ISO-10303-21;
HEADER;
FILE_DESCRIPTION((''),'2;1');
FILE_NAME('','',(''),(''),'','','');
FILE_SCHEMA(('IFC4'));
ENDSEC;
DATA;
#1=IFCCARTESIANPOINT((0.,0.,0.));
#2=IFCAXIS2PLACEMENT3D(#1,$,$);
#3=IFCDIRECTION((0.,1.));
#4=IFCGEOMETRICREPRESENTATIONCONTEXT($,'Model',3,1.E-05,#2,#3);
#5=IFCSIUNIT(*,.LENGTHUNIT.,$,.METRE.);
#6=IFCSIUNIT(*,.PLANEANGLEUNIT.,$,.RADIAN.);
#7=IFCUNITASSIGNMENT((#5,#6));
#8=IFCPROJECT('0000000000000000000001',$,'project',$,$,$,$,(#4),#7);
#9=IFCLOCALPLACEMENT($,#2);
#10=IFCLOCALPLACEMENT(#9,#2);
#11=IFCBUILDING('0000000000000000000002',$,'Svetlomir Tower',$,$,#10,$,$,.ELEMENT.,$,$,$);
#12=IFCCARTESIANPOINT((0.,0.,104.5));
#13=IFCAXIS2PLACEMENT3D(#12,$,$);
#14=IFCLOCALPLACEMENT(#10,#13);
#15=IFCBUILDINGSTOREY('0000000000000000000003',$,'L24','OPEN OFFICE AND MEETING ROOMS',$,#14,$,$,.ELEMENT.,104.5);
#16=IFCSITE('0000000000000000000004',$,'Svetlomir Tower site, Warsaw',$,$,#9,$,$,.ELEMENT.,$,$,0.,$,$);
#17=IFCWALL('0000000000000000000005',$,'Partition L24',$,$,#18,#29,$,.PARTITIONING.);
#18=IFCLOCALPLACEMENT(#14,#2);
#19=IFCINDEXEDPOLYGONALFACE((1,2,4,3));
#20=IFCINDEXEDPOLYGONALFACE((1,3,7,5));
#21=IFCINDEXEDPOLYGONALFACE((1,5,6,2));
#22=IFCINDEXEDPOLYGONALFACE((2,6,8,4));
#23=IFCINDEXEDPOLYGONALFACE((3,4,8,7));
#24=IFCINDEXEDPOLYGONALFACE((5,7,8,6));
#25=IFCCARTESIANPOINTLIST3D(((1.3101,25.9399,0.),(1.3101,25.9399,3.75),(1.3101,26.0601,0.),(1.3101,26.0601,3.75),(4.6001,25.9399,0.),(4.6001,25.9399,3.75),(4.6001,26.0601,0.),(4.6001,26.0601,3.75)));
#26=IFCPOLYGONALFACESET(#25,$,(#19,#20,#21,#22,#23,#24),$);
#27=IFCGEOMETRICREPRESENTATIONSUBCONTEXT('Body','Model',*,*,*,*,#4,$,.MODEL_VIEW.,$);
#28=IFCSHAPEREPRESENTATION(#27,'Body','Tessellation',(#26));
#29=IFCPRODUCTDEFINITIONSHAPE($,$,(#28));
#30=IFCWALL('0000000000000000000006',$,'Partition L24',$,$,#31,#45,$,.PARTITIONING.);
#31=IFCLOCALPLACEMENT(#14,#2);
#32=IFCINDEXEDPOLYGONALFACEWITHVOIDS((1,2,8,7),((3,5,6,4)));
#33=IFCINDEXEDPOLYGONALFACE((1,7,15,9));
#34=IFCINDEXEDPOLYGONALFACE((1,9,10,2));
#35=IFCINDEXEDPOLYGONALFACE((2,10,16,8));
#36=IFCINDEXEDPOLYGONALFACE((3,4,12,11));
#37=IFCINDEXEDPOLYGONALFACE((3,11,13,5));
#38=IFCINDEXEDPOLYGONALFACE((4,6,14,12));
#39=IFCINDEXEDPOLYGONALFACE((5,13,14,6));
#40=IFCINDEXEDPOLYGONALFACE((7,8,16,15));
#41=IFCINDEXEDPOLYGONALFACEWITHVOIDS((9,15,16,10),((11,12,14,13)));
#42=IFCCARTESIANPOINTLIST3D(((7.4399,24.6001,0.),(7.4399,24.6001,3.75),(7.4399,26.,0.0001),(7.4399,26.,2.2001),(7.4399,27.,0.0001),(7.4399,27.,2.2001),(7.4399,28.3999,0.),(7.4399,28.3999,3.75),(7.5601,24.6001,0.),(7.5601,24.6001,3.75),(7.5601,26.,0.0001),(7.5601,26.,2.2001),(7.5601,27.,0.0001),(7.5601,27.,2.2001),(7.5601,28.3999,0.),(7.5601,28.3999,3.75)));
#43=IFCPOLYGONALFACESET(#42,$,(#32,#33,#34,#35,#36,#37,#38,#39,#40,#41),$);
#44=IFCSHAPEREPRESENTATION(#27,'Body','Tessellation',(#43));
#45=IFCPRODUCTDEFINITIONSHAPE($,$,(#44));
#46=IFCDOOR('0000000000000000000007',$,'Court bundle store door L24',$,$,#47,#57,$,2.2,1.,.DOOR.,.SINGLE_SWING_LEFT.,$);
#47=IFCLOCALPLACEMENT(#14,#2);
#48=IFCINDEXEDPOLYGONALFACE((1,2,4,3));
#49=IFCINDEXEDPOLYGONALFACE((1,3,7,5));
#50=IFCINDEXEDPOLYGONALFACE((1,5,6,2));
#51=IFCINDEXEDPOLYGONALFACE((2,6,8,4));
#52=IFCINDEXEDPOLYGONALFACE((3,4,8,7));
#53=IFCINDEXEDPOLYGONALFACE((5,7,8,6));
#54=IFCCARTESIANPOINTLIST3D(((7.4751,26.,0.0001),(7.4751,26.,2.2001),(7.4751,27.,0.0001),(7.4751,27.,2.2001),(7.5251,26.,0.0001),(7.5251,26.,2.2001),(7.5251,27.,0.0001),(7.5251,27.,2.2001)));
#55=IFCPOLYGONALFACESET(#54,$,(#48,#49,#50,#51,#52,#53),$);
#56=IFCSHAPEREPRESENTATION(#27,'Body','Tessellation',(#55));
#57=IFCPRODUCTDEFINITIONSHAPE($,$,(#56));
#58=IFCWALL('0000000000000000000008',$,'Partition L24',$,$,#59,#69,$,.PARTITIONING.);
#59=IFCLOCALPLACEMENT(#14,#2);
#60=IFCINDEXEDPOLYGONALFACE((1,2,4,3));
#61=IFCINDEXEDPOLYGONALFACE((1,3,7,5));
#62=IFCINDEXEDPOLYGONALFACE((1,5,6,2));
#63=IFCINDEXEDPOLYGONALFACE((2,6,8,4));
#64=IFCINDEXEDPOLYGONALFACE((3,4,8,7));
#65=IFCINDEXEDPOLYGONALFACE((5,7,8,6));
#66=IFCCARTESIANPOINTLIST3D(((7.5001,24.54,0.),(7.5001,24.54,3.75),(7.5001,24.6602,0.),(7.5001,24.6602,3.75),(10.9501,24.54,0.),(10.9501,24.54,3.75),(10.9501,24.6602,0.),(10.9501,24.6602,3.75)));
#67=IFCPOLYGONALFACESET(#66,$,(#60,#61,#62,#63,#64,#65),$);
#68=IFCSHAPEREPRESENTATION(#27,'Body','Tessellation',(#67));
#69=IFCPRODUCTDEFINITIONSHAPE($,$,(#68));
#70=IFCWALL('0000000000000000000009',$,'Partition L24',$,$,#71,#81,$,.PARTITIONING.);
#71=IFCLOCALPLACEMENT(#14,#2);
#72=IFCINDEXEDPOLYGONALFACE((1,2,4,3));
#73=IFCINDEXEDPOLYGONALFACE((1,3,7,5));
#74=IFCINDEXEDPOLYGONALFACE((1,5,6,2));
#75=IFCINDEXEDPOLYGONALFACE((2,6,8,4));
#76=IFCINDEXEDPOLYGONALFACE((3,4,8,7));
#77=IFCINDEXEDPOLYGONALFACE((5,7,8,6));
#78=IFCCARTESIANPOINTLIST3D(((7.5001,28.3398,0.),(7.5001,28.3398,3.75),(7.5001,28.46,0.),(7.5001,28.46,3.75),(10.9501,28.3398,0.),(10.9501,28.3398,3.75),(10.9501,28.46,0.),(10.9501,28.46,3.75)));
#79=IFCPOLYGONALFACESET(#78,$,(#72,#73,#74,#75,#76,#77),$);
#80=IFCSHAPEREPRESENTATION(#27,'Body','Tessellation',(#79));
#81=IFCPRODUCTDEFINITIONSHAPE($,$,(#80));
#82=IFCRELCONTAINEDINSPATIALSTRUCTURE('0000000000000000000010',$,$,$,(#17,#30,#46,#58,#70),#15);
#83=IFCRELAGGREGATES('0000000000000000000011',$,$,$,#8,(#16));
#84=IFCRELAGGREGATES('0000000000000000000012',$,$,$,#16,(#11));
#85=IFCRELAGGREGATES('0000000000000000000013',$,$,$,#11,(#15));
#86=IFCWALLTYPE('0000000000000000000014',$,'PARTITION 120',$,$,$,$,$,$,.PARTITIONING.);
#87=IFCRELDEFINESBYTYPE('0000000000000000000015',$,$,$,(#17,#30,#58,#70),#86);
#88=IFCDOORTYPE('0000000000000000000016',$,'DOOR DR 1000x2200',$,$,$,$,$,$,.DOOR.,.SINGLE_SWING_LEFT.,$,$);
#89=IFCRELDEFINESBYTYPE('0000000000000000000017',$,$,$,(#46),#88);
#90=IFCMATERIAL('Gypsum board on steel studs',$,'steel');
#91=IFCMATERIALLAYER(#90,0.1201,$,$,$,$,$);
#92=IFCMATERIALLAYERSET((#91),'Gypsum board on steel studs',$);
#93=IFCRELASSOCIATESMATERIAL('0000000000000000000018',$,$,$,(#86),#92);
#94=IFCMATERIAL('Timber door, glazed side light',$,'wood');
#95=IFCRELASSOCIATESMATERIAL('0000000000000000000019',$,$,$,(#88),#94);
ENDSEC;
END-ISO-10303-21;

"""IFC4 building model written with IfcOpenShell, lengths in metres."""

from ifc_helpers import new_model, si_unit, direction, frame, frame_2d, origin, place, context, subcontext, project, spatial, rectangle, extrude, material, layer, layer_set, type_object, element, fill, save


model = new_model("IFC4")

# Units and contexts
model_context = context("Model", 3, precision=1e-05, world=origin(), true_north=direction((0.0, 1.0)))
body_context = subcontext(model_context, "Body", "Model", "MODEL_VIEW")
ifc_project = project(units=[si_unit("LENGTHUNIT", "METRE"), si_unit("PLANEANGLEUNIT", "RADIAN")], contexts=[model_context])

# Site, building, storey
site_placement = place(None, origin())
site = spatial("IfcSite", under=ifc_project, at=site_placement, Name="Svetlomir Tower site, Warsaw", CompositionType="ELEMENT", RefElevation=0.0)
building_placement = place(site_placement, origin())
building = spatial("IfcBuilding", under=site, at=building_placement, Name="Svetlomir Tower", CompositionType="ELEMENT")
storey_placement = place(building_placement, frame((0.0, 0.0, 104.5)))
storey = spatial("IfcBuildingStorey", under=building, at=storey_placement, Name="L24", Description="OPEN OFFICE AND MEETING ROOMS", CompositionType="ELEMENT", Elevation=104.5)

# Wall
ifc_material_1 = material(Name="Gypsum board on steel studs", Category="steel")
ifc_layer_1 = layer(ifc_material_1, 0.1201)
ifc_layer_set_1 = layer_set([ifc_layer_1], Name="Gypsum board on steel studs")
wall_type_1 = type_object("IfcWallType", Name="PARTITION 120", PredefinedType="PARTITIONING", material=ifc_layer_set_1)
wall_1_placement = place(storey_placement, frame((1.3101, 26.0, 0.0), z_axis=(0.0, 0.0, 1.0), x_axis=(1.0, 0.0, 0.0)))
element("IfcWall", 1, at=wall_1_placement, inside=storey, type_object=wall_type_1, Name="Partition L24", PredefinedType="PARTITIONING", context=body_context, shape_type="SweptSolid", body=[
    extrude(rectangle(XDim=3.29, YDim=0.1201, at=frame_2d((1.645, 0.0))), origin(), (0.0, 0.0, 1.0), 3.75),
])

# Wall, opening, door
wall_2_placement = place(storey_placement, frame((7.5, 24.6001, 0.0), z_axis=(0.0, 0.0, 1.0), x_axis=(0.0, 1.0, 0.0)))
wall_2 = element("IfcWall", 2, at=wall_2_placement, inside=storey, type_object=wall_type_1, Name="Partition L24", PredefinedType="PARTITIONING", context=body_context, shape_type="SweptSolid", body=[
    extrude(rectangle(XDim=3.7998, YDim=0.1201, at=frame_2d((1.8999, 0.0))), origin(), (0.0, 0.0, 1.0), 3.75),
])
opening_1_placement = place(wall_2_placement, frame((1.3999, 0.0, 0.0)))
opening_1 = element("IfcOpeningElement", 3, at=opening_1_placement, cuts=wall_2, PredefinedType="OPENING", context=body_context, shape_type="SweptSolid", body=[
    extrude(rectangle(XDim=1.0, YDim=2.2, at=frame_2d((0.5, 1.1001))), frame((0.0, 0.0701, 0.0), z_axis=(0.0, -1.0, 0.0), x_axis=(1.0, 0.0, 0.0)), (0.0, 0.0, 1.0), 0.1401),
])
ifc_material_2 = material(Name="Timber door, glazed side light", Category="wood")
door_type_1 = type_object("IfcDoorType", Name="DOOR DR 1000x2200", OperationType="SINGLE_SWING_LEFT", PredefinedType="DOOR", material=ifc_material_2)
door_1_placement = place(opening_1_placement, origin())
door_1 = element("IfcDoor", 4, at=door_1_placement, inside=storey, type_object=door_type_1, Name="Court bundle store door L24", OperationType="SINGLE_SWING_LEFT", OverallHeight=2.2, OverallWidth=1.0, PredefinedType="DOOR", context=body_context, shape_type="SweptSolid", body=[
    extrude(rectangle(XDim=1.0, YDim=2.2, at=frame_2d((0.5, 1.1001))), frame((0.0, 0.0249, 0.0), z_axis=(0.0, -1.0, 0.0), x_axis=(1.0, 0.0, 0.0)), (0.0, 0.0, 1.0), 0.05),
])
fill(opening_1, door_1)

# Walls
for number, where, z_axis, x_axis, name in (
    (5, (7.5, 24.6001, 0.0), (0.0, 0.0, 1.0), (1.0, 0.0, 0.0), "Partition L24"),
    (6, (7.5, 28.3999, 0.0), (0.0, 0.0, 1.0), (1.0, 0.0, 0.0), "Partition L24"),
):
    element("IfcWall", number, at=place(storey_placement, frame(where, z_axis=z_axis, x_axis=x_axis)), inside=storey, type_object=wall_type_1, Name=name, PredefinedType="PARTITIONING", context=body_context, shape_type="SweptSolid", body=[
        extrude(rectangle(XDim=3.45, YDim=0.1201, at=frame_2d((1.7251, 0.0))), origin(), (0.0, 0.0, 1.0), 3.75),
    ])

save(model, "model.ifc")
